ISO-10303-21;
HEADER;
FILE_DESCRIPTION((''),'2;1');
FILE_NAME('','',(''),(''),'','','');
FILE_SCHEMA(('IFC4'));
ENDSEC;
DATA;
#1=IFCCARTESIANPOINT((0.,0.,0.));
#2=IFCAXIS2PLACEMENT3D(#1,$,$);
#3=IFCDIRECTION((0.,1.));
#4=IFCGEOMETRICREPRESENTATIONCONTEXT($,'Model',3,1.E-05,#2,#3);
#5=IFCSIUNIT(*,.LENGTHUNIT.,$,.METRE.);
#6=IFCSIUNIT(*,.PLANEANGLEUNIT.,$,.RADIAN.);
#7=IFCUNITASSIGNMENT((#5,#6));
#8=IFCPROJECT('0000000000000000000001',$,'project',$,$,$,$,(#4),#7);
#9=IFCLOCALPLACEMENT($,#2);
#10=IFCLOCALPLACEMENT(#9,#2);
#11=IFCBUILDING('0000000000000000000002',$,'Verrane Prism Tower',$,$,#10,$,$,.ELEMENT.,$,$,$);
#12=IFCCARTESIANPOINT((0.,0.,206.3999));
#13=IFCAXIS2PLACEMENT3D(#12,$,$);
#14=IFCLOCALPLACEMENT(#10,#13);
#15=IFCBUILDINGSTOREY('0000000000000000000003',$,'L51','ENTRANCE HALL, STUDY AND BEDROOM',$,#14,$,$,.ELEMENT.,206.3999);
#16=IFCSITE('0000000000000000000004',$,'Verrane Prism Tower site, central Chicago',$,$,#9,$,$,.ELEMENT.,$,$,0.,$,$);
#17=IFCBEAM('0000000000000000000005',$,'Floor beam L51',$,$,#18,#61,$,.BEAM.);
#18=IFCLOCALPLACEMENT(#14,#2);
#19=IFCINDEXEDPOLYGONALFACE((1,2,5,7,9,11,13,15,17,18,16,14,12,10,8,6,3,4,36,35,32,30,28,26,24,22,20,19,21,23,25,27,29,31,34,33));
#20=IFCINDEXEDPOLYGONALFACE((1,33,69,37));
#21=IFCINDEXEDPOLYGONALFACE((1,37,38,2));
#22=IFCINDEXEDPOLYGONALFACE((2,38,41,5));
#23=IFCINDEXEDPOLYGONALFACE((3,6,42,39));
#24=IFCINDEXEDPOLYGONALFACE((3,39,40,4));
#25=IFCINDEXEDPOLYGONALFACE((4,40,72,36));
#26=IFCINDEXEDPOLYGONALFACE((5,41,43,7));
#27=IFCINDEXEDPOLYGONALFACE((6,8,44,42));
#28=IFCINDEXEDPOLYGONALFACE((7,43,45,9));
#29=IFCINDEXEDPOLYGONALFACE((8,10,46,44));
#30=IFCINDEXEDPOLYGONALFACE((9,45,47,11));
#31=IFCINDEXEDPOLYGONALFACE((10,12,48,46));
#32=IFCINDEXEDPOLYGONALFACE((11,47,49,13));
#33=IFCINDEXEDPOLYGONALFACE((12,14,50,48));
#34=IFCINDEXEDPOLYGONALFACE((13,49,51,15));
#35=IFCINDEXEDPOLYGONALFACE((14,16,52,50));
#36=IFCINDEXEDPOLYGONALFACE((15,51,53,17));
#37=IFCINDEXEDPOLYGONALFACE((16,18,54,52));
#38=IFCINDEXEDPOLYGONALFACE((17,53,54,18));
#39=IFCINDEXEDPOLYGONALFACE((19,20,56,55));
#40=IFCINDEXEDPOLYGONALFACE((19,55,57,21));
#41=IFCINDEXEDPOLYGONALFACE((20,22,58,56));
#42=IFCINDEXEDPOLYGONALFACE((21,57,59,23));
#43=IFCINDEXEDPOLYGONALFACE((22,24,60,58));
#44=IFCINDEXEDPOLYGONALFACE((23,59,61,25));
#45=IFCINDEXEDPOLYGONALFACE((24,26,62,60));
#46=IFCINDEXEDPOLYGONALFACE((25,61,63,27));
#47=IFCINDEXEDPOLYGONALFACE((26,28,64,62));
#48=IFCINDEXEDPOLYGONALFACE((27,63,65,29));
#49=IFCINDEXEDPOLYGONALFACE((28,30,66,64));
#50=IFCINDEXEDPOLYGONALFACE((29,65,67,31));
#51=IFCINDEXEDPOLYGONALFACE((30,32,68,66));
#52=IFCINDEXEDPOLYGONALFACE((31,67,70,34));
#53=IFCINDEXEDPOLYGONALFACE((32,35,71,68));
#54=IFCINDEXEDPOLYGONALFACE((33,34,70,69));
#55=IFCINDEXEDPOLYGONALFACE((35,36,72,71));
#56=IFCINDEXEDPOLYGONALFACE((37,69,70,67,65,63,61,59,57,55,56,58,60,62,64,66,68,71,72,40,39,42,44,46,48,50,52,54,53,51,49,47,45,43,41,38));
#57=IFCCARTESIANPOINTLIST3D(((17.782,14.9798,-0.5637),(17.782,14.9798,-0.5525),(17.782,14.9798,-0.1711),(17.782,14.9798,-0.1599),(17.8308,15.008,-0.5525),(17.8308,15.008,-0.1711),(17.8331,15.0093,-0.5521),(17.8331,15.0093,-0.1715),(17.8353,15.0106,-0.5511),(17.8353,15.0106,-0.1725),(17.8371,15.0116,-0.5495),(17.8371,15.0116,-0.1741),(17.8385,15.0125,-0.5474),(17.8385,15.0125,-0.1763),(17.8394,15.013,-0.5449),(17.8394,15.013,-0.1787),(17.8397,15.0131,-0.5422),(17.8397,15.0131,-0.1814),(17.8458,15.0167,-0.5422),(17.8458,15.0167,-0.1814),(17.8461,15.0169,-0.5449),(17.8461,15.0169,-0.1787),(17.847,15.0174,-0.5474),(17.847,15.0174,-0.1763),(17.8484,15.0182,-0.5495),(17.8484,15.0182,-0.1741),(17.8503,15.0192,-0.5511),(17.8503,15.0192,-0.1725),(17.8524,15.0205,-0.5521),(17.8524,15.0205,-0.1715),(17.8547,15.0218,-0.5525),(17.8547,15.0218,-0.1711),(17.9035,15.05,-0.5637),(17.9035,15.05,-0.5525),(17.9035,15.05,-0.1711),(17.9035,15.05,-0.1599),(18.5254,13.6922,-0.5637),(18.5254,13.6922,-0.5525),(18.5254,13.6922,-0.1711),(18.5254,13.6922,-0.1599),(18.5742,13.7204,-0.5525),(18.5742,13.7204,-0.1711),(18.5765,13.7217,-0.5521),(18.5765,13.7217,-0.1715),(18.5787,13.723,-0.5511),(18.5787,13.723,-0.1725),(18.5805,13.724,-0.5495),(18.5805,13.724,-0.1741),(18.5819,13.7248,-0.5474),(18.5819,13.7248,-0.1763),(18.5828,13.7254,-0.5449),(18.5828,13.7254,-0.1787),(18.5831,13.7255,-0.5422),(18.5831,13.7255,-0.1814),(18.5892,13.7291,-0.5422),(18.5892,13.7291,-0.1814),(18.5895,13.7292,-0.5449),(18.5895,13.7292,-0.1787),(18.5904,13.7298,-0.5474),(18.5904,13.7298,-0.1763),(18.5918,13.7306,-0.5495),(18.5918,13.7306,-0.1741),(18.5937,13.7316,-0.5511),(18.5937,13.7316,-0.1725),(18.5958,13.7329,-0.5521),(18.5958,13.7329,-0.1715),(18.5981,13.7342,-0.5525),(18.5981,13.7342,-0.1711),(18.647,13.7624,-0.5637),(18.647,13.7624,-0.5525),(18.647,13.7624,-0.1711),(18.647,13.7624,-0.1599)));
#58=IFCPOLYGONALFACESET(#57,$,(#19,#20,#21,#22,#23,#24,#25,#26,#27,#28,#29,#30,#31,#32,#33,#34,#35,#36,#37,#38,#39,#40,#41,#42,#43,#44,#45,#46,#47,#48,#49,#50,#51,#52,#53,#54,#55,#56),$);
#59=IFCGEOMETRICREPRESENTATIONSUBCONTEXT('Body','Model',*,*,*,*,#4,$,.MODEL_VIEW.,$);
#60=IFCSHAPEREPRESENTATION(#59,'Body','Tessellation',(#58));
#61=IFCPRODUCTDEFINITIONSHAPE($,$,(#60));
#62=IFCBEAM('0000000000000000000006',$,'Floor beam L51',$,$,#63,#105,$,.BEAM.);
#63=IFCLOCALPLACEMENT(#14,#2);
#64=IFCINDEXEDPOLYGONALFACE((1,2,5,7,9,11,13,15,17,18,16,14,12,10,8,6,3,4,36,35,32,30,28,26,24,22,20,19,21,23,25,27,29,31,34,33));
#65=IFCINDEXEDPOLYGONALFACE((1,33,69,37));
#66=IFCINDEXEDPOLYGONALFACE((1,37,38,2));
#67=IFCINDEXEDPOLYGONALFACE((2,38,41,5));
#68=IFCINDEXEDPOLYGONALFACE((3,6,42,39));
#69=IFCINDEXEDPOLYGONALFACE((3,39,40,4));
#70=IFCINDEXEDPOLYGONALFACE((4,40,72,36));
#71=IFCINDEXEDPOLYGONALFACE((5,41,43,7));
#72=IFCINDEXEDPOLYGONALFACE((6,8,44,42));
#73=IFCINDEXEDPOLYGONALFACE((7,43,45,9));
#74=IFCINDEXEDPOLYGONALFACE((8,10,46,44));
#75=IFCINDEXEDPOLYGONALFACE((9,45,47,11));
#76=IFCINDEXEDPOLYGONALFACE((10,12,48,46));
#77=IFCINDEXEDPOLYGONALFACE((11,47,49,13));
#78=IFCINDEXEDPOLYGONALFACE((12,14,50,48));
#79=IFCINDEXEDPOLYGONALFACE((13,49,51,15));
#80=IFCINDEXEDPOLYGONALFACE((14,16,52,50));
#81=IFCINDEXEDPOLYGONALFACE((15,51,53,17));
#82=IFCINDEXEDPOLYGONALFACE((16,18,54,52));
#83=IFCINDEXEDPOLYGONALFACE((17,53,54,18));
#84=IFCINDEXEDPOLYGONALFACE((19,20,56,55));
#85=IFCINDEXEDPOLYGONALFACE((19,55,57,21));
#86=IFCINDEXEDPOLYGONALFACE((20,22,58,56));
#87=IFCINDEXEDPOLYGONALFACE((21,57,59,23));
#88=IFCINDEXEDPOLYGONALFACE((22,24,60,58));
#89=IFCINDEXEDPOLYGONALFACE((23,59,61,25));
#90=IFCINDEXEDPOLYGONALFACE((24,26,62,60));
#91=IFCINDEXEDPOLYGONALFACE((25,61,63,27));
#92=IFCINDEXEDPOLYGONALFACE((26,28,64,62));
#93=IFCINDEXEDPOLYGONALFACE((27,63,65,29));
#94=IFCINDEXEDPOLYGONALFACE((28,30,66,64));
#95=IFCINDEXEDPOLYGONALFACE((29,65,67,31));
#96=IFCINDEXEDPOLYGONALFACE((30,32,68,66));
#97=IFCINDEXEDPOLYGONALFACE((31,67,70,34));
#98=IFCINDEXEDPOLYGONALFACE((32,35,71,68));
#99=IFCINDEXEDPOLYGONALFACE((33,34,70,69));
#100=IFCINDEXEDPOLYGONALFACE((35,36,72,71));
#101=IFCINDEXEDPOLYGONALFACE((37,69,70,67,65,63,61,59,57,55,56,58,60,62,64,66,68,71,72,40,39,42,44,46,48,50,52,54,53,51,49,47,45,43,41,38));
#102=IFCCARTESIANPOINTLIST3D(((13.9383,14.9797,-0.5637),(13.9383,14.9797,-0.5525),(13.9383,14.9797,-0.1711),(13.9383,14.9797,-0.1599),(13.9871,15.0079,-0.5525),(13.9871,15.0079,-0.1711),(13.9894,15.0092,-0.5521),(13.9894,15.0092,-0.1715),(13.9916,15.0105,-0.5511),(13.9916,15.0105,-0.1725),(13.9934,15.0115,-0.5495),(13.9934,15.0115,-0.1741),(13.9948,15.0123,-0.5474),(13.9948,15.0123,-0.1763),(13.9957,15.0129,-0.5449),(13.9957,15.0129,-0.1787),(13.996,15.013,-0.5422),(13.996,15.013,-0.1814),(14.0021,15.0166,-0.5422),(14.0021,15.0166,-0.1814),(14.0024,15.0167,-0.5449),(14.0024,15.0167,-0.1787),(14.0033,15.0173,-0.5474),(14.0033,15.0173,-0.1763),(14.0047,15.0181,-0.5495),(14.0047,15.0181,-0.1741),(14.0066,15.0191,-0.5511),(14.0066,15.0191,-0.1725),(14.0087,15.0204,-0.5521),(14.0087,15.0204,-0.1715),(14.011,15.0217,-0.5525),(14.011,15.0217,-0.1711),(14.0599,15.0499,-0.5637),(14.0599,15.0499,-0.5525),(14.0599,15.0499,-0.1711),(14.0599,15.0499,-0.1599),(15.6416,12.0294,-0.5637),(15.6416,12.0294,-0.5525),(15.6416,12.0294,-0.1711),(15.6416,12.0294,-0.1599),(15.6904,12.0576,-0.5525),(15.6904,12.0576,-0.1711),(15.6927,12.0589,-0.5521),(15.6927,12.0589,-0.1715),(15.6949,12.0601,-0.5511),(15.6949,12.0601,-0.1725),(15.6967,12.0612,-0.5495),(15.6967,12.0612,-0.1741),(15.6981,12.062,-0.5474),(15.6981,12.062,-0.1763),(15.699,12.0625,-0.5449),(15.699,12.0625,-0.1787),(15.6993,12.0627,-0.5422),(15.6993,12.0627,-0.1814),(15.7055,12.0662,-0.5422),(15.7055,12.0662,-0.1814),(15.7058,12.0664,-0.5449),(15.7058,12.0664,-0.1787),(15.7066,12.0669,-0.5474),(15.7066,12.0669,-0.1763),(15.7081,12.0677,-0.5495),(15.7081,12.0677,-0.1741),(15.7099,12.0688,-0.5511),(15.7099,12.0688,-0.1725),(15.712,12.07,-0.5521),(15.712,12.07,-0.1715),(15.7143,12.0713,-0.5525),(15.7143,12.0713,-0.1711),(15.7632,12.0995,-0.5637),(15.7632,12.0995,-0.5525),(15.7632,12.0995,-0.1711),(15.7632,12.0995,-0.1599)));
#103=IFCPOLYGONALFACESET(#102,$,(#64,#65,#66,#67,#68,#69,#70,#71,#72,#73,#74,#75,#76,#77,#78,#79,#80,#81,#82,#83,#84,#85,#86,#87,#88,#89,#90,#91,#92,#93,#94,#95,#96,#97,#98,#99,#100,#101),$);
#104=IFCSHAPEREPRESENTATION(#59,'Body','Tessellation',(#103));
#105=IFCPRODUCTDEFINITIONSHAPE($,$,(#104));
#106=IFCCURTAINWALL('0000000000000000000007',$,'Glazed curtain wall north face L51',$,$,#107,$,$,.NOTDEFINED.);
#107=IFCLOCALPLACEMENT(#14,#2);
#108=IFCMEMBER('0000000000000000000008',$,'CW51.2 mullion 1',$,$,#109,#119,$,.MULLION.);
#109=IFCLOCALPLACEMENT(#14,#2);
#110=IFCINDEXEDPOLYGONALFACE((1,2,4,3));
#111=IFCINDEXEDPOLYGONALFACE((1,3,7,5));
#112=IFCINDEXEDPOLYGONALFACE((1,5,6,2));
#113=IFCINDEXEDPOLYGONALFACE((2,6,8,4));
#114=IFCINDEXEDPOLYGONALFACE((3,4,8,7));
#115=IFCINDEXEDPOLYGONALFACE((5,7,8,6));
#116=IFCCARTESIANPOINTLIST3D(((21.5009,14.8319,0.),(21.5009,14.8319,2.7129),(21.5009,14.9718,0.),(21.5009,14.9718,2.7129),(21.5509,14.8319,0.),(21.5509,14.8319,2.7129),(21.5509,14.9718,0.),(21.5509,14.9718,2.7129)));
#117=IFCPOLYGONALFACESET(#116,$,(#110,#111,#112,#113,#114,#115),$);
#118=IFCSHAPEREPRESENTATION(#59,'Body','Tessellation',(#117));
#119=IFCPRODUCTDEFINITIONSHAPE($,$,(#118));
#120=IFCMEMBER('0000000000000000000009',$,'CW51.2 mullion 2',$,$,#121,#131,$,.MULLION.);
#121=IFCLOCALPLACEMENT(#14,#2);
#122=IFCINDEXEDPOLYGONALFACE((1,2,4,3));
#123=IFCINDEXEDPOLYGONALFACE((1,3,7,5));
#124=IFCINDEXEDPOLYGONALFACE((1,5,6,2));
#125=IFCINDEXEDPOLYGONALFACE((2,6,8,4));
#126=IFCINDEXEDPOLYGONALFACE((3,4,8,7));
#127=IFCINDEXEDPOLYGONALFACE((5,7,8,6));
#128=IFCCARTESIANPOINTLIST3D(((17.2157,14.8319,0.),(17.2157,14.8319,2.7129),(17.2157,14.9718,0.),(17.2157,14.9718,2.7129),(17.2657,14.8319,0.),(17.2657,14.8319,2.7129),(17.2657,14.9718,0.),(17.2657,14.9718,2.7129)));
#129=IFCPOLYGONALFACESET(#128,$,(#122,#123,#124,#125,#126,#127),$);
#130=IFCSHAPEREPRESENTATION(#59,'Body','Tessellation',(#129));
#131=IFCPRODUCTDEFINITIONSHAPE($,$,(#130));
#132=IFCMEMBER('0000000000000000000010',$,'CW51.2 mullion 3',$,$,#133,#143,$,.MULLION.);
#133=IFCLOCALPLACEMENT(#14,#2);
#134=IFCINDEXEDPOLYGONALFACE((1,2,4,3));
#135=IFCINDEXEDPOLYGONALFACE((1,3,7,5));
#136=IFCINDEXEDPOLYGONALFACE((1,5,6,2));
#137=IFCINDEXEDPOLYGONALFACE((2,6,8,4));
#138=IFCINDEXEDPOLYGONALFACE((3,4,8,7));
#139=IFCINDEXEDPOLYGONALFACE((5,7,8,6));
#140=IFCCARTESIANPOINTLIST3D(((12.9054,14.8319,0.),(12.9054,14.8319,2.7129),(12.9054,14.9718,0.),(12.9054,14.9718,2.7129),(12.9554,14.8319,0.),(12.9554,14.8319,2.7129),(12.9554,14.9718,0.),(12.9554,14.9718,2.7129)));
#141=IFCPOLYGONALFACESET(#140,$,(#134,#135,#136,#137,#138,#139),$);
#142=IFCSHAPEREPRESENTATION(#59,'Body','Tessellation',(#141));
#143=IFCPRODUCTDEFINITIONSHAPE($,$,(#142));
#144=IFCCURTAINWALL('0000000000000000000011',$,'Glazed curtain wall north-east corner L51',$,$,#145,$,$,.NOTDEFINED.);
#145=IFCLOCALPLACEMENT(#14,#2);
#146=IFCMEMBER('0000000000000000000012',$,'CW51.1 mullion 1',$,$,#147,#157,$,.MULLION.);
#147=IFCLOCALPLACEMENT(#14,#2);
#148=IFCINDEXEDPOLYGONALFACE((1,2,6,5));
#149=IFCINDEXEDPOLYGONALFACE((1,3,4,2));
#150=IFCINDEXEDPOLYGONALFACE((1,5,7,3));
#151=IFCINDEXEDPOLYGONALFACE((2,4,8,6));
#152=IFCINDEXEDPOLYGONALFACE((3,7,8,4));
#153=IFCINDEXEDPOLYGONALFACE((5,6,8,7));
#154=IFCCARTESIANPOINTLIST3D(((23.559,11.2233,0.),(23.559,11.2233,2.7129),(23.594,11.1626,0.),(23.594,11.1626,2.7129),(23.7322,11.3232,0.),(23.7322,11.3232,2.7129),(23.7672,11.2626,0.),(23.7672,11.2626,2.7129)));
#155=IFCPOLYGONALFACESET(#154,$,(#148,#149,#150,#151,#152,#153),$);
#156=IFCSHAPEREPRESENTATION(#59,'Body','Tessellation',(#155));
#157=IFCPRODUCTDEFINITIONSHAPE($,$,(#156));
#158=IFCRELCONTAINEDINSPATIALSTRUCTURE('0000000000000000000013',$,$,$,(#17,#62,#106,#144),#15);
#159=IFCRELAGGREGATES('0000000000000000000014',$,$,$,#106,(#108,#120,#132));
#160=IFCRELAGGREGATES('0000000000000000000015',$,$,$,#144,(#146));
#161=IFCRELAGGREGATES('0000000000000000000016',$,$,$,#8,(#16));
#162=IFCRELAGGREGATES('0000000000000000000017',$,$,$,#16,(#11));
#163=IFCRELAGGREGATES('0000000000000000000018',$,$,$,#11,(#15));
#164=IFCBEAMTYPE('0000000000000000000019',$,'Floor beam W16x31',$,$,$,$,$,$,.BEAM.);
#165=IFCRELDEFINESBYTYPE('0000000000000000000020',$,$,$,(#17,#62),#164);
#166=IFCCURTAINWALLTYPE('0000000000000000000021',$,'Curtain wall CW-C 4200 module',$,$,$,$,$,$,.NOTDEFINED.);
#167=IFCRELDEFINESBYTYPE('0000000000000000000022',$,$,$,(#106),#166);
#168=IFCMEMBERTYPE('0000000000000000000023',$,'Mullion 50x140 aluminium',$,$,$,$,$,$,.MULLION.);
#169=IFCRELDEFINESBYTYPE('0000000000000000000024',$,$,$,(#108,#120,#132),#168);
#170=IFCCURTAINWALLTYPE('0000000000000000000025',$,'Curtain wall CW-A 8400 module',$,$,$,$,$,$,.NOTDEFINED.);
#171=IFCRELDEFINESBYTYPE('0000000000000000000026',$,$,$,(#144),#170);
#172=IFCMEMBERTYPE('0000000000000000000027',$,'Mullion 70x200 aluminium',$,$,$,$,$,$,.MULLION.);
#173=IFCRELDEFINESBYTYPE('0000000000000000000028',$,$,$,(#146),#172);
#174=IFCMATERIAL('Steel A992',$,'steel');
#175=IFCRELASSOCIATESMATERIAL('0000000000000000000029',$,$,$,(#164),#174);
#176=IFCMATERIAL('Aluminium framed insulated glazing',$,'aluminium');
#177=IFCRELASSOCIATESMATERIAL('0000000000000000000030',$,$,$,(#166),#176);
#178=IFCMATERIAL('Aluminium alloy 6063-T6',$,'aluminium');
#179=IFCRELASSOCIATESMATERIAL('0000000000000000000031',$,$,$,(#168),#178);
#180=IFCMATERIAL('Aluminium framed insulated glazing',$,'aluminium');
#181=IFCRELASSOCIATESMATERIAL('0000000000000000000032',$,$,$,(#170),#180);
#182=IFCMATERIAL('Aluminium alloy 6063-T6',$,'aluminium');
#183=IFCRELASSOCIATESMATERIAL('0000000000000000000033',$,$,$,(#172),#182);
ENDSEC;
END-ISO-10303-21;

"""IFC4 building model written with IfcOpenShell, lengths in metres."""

from ifc_helpers import new_model, si_unit, direction, frame, origin, origin_2d, place, context, subcontext, project, spatial, rectangle, i_section, extrude, material, material_profile, profile_set, type_object, element, aggregate, save


model = new_model("IFC4")

# Units and contexts
model_context = context("Model", 3, precision=1e-05, world=origin(), true_north=direction((0.0, 1.0)))
body_context = subcontext(model_context, "Body", "Model", "MODEL_VIEW")
ifc_project = project(units=[si_unit("LENGTHUNIT", "METRE"), si_unit("PLANEANGLEUNIT", "RADIAN")], contexts=[model_context])

# Site, building, storey
site_placement = place(None, origin())
site = spatial("IfcSite", under=ifc_project, at=site_placement, Name="Verrane Prism Tower site, central Chicago", CompositionType="ELEMENT", RefElevation=0.0)
building_placement = place(site_placement, origin())
building = spatial("IfcBuilding", under=site, at=building_placement, Name="Verrane Prism Tower", CompositionType="ELEMENT")
storey_placement = place(building_placement, frame((0.0, 0.0, 206.3999)))
storey = spatial("IfcBuildingStorey", under=building, at=storey_placement, Name="L51", Description="ENTRANCE HALL, STUDY AND BEDROOM", CompositionType="ELEMENT", Elevation=206.3999)

# Beams
ifc_material_1 = material(Name="Steel A992", Category="steel")
ifc_material_profile_1 = material_profile(ifc_material_1, i_section(OverallWidth=0.1404, OverallDepth=0.4038, WebThickness=0.0071, FlangeThickness=0.0112, FilletRadius=0.0103, at=origin_2d()), Name="W16x31")
ifc_profile_set_1 = profile_set([ifc_material_profile_1], Name="Steel A992")
beam_type_1 = type_object("IfcBeamType", Name="Floor beam W16x31", PredefinedType="BEAM", material=ifc_profile_set_1)
beam_1_placement = place(storey_placement, frame((18.5862, 13.7273, -0.3618), z_axis=(-0.500007, 0.866022, 0.0), x_axis=(-0.866022, -0.500007, 0.0)))
element("IfcBeam", 1, at=beam_1_placement, inside=storey, type_object=beam_type_1, Name="Floor beam L51", PredefinedType="BEAM", context=body_context, shape_type="SweptSolid", body=[
    extrude(i_section(OverallWidth=0.1404, OverallDepth=0.4038, WebThickness=0.0071, FlangeThickness=0.0112, FilletRadius=0.0103, at=origin_2d()), origin(), (0.0, 0.0, 1.0), 1.4868),
])
beam_2_placement = place(storey_placement, frame((15.7024, 12.0645, -0.3618), z_axis=(-0.499985, 0.866034, 0.0), x_axis=(-0.866034, -0.499985, 0.0)))
element("IfcBeam", 2, at=beam_2_placement, inside=storey, type_object=beam_type_1, Name="Floor beam L51", PredefinedType="BEAM", context=body_context, shape_type="SweptSolid", body=[
    extrude(i_section(OverallWidth=0.1404, OverallDepth=0.4038, WebThickness=0.0071, FlangeThickness=0.0112, FilletRadius=0.0103, at=origin_2d()), origin(), (0.0, 0.0, 1.0), 3.4067),
])

# Curtain wall, members
ifc_material_2 = material(Name="Aluminium framed insulated glazing", Category="aluminium")
curtain_wall_type_1 = type_object("IfcCurtainWallType", Name="Curtain wall CW-C 4200 module", PredefinedType="NOTDEFINED", material=ifc_material_2)
curtain_wall_1_placement = place(storey_placement, origin())
curtain_wall_1 = element("IfcCurtainWall", 3, at=curtain_wall_1_placement, inside=storey, type_object=curtain_wall_type_1, Name="Glazed curtain wall north face L51", PredefinedType="NOTDEFINED")
ifc_material_3 = material(Name="Aluminium alloy 6063-T6", Category="aluminium")
ifc_material_profile_2 = material_profile(ifc_material_3, rectangle(XDim=0.1399, YDim=0.05, at=origin_2d()), Name="Mullion 50x140 aluminium")
ifc_profile_set_2 = profile_set([ifc_material_profile_2], Name="Aluminium alloy 6063-T6")
member_type_1 = type_object("IfcMemberType", Name="Mullion 50x140 aluminium", PredefinedType="MULLION", material=ifc_profile_set_2)
member_1_placement = place(storey_placement, frame((21.5259, 14.9019, 0.0), z_axis=(0.0, 0.0, 1.0), x_axis=(0.0, -1.0, 0.0)))
member_1 = element("IfcMember", 4, at=member_1_placement, type_object=member_type_1, Name="CW51.2 mullion 1", PredefinedType="MULLION", context=body_context, shape_type="SweptSolid", body=[
    extrude(rectangle(XDim=0.1399, YDim=0.05, at=origin_2d()), origin(), (0.0, 0.0, 1.0), 2.7129),
])
member_2_placement = place(storey_placement, frame((17.2407, 14.9019, 0.0), z_axis=(0.0, 0.0, 1.0), x_axis=(0.0, -1.0, 0.0)))
member_2 = element("IfcMember", 5, at=member_2_placement, type_object=member_type_1, Name="CW51.2 mullion 2", PredefinedType="MULLION", context=body_context, shape_type="SweptSolid", body=[
    extrude(rectangle(XDim=0.1399, YDim=0.05, at=origin_2d()), origin(), (0.0, 0.0, 1.0), 2.7129),
])
member_3_placement = place(storey_placement, frame((12.9304, 14.9019, 0.0), z_axis=(0.0, 0.0, 1.0), x_axis=(0.0, -1.0, 0.0)))
member_3 = element("IfcMember", 6, at=member_3_placement, type_object=member_type_1, Name="CW51.2 mullion 3", PredefinedType="MULLION", context=body_context, shape_type="SweptSolid", body=[
    extrude(rectangle(XDim=0.1399, YDim=0.05, at=origin_2d()), origin(), (0.0, 0.0, 1.0), 2.7129),
])

# Curtain wall, member
ifc_material_4 = material(Name="Aluminium framed insulated glazing", Category="aluminium")
curtain_wall_type_2 = type_object("IfcCurtainWallType", Name="Curtain wall CW-A 8400 module", PredefinedType="NOTDEFINED", material=ifc_material_4)
curtain_wall_2_placement = place(storey_placement, origin())
curtain_wall_2 = element("IfcCurtainWall", 7, at=curtain_wall_2_placement, inside=storey, type_object=curtain_wall_type_2, Name="Glazed curtain wall north-east corner L51", PredefinedType="NOTDEFINED")
ifc_material_5 = material(Name="Aluminium alloy 6063-T6", Category="aluminium")
ifc_material_profile_3 = material_profile(ifc_material_5, rectangle(XDim=0.2, YDim=0.0701, at=origin_2d()), Name="Mullion 70x200 aluminium")
ifc_profile_set_3 = profile_set([ifc_material_profile_3], Name="Aluminium alloy 6063-T6")
member_type_2 = type_object("IfcMemberType", Name="Mullion 70x200 aluminium", PredefinedType="MULLION", material=ifc_profile_set_3)
member_4_placement = place(storey_placement, frame((23.6631, 11.2429, 0.0), z_axis=(0.0, 0.0, 1.0), x_axis=(-0.866026, -0.499999, 0.0)))
member_4 = element("IfcMember", 8, at=member_4_placement, type_object=member_type_2, Name="CW51.1 mullion 1", PredefinedType="MULLION", context=body_context, shape_type="SweptSolid", body=[
    extrude(rectangle(XDim=0.2, YDim=0.0701, at=origin_2d()), origin(), (0.0, 0.0, 1.0), 2.7129),
])

aggregate(curtain_wall_1, [member_1, member_2, member_3])
aggregate(curtain_wall_2, [member_4])

save(model, "model.ifc")
